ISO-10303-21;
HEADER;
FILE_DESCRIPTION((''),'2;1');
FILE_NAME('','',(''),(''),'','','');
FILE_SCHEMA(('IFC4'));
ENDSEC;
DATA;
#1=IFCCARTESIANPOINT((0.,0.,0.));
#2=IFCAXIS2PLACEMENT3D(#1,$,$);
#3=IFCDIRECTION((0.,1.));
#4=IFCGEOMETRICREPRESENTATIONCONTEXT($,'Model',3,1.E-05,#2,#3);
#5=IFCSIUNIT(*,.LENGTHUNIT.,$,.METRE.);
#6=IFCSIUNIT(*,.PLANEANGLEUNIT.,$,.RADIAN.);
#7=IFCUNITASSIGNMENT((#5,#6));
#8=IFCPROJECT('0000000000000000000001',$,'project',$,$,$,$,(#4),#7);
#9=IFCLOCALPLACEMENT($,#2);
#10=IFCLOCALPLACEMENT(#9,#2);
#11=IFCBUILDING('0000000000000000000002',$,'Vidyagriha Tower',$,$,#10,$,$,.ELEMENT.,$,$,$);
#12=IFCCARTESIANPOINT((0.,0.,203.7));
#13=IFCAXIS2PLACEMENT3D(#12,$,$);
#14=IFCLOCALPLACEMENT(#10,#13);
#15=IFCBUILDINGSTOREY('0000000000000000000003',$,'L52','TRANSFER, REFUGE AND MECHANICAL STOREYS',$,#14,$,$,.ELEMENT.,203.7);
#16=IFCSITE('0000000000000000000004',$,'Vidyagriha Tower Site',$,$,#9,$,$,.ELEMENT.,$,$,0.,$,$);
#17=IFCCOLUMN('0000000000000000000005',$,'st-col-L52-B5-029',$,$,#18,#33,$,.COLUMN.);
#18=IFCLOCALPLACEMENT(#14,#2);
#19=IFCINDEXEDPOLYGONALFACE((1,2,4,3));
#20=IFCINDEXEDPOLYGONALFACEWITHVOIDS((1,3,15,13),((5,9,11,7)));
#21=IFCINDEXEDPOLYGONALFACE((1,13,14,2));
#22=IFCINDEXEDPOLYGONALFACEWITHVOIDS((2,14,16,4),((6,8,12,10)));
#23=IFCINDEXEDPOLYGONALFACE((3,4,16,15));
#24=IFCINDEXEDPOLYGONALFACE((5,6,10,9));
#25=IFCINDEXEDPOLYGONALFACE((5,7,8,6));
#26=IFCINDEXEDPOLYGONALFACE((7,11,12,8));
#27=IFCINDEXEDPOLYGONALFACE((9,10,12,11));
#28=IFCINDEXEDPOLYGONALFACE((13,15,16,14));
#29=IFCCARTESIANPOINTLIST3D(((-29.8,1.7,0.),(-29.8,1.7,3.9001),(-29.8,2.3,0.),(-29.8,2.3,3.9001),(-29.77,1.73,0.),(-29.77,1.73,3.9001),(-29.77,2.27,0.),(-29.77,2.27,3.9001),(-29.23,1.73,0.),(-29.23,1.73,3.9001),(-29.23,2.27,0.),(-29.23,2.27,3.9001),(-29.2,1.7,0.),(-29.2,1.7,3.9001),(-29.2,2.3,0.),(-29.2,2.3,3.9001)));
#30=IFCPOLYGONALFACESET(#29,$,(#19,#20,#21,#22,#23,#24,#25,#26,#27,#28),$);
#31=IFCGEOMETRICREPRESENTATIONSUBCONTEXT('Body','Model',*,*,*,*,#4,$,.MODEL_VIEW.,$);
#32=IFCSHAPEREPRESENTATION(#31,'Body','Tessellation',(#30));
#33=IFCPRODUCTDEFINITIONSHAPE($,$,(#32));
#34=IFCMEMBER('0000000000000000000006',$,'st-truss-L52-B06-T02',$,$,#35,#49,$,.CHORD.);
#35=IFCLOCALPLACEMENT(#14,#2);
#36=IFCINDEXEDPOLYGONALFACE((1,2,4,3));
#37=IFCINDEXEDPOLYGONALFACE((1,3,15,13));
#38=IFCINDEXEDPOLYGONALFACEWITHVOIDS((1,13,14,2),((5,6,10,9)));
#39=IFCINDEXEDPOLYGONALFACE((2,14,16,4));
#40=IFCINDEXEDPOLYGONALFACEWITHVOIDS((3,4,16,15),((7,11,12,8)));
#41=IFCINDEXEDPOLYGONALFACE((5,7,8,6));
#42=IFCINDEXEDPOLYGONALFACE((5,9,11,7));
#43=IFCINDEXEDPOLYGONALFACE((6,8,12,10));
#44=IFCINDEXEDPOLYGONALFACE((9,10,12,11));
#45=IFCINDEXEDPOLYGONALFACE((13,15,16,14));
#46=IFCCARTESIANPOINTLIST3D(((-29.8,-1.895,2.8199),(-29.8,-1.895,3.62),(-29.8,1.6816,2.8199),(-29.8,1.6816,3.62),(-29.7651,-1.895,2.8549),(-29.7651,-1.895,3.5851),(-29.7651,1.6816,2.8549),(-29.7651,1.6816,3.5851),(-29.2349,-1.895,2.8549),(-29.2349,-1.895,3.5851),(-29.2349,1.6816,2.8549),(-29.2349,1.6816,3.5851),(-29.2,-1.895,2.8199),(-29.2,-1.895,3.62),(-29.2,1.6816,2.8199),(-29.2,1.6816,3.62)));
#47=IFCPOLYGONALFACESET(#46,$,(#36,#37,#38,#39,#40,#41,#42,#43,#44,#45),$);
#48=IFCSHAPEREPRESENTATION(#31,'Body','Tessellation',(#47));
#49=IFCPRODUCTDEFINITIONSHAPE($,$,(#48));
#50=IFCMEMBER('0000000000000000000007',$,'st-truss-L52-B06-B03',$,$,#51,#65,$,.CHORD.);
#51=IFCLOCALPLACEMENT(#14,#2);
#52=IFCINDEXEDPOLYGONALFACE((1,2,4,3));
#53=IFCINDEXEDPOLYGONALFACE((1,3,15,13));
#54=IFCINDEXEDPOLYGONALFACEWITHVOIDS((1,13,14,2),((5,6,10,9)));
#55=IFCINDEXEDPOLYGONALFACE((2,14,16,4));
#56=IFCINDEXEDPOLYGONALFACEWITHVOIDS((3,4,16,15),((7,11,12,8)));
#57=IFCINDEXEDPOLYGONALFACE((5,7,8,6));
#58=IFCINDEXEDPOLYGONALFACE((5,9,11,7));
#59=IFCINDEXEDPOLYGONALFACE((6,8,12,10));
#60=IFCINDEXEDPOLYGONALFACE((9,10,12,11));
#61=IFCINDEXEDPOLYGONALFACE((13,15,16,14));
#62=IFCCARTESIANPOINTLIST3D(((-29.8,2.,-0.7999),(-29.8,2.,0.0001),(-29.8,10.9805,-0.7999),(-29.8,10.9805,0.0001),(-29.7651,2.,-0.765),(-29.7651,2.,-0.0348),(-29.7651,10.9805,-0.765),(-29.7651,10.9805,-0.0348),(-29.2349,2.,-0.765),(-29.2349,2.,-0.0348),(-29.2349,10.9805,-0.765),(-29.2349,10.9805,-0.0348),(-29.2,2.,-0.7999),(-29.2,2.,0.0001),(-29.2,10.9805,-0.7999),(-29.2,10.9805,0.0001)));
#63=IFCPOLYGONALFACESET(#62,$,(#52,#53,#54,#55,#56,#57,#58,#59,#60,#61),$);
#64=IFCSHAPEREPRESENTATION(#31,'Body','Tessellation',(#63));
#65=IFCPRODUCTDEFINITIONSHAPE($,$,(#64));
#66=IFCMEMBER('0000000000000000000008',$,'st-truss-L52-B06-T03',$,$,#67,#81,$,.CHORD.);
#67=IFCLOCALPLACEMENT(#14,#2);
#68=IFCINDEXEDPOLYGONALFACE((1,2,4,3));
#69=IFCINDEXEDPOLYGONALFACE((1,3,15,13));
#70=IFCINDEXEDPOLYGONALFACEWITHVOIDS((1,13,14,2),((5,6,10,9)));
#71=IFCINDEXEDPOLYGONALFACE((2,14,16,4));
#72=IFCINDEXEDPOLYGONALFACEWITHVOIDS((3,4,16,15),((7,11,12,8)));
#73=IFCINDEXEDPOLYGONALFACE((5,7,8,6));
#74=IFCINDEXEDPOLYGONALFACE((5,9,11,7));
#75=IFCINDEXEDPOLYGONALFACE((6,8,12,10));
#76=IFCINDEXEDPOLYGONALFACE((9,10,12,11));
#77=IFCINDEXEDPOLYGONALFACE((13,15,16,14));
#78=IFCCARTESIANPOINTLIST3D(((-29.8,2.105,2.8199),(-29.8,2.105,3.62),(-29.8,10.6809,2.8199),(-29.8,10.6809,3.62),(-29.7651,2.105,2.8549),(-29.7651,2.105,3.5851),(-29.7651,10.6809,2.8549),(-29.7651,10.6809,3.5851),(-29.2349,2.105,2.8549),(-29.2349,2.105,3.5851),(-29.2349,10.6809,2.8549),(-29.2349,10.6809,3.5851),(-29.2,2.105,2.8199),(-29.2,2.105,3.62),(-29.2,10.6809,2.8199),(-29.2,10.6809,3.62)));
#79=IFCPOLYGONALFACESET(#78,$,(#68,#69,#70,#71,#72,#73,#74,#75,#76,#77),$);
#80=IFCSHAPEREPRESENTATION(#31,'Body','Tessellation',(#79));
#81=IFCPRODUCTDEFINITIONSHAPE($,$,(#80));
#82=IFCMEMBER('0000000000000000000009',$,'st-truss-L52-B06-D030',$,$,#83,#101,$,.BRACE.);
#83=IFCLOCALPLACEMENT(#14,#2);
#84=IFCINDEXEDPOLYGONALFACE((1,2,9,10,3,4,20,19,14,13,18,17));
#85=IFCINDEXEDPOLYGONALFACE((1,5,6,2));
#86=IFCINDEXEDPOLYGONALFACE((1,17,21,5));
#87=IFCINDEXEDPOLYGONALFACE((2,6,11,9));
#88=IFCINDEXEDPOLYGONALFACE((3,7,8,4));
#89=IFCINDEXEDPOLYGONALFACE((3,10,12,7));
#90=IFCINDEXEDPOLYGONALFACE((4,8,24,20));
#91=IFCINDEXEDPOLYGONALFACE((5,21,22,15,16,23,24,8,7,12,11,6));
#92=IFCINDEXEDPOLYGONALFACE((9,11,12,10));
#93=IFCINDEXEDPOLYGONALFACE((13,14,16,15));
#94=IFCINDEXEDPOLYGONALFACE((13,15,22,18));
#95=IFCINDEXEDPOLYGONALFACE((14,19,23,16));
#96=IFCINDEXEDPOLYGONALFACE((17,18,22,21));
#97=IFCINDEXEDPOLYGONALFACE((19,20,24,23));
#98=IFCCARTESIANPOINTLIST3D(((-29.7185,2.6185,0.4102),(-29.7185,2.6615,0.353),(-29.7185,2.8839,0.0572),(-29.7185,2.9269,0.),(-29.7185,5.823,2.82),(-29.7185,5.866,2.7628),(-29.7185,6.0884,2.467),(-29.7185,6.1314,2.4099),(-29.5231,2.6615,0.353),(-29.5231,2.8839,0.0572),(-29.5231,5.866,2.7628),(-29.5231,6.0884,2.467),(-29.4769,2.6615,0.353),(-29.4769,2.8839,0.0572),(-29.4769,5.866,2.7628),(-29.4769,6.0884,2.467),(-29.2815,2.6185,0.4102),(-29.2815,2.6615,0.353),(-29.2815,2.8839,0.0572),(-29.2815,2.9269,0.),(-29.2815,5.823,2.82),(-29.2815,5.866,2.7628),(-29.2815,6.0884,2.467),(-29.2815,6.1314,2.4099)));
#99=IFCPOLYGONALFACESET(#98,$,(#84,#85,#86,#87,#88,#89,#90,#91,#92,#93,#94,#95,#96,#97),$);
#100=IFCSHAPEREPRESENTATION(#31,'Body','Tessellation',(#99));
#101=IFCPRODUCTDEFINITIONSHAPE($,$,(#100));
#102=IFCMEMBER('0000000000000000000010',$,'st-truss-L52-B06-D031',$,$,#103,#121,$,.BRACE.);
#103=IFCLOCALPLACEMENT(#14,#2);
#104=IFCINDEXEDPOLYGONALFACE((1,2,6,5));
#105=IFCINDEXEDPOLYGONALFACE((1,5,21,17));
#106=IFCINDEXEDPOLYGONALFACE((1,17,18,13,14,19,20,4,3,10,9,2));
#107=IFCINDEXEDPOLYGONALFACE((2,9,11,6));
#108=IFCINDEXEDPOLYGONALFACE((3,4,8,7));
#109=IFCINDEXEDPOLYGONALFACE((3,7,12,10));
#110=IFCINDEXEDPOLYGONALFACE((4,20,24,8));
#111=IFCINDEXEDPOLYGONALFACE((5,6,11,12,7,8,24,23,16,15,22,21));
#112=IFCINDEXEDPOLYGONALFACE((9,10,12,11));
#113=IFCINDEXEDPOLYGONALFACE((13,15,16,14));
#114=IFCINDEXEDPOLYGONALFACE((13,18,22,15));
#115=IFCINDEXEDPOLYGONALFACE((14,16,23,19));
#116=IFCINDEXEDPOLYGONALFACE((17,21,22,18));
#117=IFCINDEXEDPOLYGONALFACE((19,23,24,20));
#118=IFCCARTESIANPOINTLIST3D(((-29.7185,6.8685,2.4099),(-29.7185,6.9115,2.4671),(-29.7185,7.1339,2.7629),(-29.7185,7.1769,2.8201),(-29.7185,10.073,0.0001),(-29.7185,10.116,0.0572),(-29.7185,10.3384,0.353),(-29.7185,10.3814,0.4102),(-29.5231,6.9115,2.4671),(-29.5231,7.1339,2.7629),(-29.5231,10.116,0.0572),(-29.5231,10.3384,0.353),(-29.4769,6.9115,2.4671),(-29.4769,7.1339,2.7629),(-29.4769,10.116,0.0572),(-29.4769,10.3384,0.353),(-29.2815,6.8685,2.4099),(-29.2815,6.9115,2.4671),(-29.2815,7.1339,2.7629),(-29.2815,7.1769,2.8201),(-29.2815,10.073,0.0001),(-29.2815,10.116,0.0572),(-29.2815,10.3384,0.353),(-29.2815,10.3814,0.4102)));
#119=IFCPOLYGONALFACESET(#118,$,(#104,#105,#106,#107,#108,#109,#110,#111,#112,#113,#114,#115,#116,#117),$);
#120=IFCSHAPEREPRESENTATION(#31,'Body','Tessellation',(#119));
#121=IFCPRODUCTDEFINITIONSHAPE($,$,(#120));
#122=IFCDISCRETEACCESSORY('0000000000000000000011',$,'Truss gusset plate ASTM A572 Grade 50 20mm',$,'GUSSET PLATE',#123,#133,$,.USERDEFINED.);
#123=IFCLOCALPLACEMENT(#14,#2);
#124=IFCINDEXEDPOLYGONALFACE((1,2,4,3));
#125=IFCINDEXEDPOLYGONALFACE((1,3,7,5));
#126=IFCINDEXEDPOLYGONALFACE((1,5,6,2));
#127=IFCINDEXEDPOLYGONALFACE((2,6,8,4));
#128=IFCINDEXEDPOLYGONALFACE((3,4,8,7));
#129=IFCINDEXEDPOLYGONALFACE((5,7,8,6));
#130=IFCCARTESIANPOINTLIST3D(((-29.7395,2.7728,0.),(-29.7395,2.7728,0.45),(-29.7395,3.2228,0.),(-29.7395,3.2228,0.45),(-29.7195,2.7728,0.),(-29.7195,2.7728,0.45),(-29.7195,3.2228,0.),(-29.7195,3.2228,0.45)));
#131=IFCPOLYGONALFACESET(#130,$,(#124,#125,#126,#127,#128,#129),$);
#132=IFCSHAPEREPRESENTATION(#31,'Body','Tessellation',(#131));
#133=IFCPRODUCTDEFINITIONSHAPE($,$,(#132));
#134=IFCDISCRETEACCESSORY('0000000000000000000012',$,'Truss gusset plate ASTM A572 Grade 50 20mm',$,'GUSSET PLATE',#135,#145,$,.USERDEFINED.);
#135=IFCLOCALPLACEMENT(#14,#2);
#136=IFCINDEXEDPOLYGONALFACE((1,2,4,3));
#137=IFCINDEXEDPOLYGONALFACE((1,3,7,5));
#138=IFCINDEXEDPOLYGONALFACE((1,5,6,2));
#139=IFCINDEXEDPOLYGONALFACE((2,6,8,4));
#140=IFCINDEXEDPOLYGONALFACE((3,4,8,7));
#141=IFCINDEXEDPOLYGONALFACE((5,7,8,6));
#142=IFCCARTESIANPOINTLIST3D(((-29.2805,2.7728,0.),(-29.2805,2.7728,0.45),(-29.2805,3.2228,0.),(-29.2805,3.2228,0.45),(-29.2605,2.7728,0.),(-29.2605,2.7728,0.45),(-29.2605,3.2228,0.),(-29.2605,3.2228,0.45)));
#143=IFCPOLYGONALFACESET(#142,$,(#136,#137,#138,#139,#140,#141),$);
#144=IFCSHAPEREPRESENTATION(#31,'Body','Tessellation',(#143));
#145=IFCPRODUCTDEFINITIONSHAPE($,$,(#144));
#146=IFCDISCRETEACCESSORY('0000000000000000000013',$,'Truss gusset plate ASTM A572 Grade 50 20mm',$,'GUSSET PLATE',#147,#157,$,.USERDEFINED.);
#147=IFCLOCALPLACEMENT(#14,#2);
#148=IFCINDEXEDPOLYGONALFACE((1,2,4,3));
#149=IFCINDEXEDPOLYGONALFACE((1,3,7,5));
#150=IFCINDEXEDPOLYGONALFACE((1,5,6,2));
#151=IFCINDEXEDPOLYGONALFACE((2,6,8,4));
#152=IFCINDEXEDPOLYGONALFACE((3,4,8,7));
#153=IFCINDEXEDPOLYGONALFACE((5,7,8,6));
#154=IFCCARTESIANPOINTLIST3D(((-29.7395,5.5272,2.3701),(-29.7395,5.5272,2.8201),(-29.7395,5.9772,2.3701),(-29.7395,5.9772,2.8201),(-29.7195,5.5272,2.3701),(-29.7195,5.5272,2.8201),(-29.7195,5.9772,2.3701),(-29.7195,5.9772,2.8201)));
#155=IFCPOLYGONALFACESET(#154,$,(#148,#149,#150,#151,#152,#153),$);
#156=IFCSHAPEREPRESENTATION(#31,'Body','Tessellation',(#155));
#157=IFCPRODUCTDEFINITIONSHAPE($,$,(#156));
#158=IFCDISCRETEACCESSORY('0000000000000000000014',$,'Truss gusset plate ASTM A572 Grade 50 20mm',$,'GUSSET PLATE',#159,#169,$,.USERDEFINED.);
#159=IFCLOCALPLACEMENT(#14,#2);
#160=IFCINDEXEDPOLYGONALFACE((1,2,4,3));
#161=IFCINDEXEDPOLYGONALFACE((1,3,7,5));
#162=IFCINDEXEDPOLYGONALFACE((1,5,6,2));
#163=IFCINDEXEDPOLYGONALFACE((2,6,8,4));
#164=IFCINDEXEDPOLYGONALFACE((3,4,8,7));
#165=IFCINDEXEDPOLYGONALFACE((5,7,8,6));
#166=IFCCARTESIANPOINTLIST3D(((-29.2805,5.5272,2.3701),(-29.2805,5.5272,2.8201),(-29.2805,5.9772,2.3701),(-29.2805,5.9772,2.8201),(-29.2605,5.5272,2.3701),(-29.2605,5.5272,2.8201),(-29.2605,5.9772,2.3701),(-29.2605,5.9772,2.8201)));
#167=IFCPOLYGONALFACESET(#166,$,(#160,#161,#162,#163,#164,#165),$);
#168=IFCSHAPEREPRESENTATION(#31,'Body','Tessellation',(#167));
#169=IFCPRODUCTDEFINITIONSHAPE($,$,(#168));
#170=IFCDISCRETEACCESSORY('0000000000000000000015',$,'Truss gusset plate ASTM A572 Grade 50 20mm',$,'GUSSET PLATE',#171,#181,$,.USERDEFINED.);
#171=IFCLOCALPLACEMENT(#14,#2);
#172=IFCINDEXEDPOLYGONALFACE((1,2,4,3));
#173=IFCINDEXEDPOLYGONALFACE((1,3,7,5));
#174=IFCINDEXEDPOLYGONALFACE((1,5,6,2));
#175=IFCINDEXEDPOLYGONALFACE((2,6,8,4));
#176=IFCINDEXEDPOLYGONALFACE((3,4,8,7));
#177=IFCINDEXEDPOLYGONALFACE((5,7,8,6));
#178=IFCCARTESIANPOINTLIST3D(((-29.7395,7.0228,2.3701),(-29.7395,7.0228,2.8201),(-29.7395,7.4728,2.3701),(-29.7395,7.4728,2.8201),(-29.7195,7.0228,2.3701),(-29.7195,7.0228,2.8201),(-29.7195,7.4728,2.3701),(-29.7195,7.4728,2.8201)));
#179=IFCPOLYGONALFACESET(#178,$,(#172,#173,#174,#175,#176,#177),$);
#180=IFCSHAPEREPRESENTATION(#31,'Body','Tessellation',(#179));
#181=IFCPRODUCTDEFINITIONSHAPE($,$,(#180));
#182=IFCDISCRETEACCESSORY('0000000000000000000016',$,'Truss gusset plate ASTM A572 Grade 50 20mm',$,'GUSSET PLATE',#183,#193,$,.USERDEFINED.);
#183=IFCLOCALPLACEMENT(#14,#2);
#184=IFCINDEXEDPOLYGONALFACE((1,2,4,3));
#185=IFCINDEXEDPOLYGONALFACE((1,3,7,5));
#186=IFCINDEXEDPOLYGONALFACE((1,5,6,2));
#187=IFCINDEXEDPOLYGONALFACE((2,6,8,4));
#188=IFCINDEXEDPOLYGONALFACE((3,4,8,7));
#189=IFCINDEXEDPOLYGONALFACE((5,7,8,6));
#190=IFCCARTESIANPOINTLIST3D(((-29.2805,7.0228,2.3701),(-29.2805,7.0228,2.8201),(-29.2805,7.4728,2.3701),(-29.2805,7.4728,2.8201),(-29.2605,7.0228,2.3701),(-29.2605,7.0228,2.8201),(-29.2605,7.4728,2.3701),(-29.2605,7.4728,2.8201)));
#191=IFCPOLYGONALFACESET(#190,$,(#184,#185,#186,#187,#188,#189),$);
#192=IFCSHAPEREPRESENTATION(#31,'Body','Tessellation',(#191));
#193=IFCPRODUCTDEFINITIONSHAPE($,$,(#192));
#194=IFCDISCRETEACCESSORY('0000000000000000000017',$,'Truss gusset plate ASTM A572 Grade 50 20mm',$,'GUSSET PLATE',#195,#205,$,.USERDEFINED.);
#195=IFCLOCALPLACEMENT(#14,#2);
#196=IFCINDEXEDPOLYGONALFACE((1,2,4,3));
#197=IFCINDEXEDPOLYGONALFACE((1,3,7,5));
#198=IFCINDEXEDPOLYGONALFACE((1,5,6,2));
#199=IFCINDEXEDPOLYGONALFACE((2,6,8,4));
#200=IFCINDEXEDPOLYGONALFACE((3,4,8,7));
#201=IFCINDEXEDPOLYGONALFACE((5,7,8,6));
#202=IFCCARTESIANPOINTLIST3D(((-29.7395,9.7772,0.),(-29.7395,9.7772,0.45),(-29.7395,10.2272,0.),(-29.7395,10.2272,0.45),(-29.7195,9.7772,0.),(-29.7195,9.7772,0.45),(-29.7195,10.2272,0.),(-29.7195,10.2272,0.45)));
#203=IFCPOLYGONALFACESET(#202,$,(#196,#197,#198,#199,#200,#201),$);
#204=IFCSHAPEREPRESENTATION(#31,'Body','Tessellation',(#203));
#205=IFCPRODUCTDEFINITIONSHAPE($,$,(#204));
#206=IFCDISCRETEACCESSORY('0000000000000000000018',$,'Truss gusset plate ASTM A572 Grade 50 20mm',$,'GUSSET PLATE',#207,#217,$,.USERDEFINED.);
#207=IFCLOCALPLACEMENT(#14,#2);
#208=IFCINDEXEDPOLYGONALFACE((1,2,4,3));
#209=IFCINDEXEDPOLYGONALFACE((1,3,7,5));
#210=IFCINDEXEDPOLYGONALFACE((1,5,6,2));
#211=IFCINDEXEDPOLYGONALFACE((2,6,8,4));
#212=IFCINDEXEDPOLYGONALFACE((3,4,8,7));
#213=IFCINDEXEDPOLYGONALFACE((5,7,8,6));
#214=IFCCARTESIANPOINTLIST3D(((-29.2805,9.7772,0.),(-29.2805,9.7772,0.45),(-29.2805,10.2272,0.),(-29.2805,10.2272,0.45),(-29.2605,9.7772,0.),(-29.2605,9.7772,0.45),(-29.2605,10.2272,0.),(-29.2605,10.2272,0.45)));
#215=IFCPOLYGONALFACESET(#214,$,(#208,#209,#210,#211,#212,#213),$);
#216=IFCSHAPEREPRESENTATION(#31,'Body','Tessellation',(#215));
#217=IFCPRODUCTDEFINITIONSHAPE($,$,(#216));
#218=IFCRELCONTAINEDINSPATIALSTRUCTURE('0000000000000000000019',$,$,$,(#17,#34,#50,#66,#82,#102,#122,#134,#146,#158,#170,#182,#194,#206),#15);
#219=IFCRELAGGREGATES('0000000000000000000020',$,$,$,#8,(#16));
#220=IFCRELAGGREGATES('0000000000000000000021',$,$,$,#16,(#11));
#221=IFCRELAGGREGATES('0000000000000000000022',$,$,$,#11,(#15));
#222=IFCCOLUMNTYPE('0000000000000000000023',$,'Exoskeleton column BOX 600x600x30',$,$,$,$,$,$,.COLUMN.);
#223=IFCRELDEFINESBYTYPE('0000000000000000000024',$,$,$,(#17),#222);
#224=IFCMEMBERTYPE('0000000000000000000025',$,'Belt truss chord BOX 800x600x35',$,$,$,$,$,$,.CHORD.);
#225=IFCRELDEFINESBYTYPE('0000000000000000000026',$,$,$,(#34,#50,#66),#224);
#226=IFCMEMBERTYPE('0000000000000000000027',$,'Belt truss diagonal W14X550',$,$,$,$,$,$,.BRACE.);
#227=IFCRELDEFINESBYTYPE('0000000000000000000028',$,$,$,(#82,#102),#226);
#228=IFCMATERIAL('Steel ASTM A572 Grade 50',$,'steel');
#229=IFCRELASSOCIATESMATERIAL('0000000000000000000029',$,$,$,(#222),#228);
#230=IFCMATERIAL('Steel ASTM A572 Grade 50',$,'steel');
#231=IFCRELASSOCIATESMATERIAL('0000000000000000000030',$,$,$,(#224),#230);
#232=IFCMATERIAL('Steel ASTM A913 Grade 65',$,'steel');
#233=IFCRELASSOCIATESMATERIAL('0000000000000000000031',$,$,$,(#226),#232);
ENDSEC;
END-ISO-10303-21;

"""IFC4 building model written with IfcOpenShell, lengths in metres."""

from ifc_helpers import new_model, si_unit, direction, frame, origin, origin_2d, place, context, subcontext, project, spatial, rectangle, hollow_rectangle, i_section, extrude, material, material_profile, profile_set, type_object, element, save


model = new_model("IFC4")

# Units and contexts
model_context = context("Model", 3, precision=1e-05, world=origin(), true_north=direction((0.0, 1.0)))
body_context = subcontext(model_context, "Body", "Model", "MODEL_VIEW")
ifc_project = project(units=[si_unit("LENGTHUNIT", "METRE"), si_unit("PLANEANGLEUNIT", "RADIAN")], contexts=[model_context])

# Site, building, storey
site_placement = place(None, origin())
site = spatial("IfcSite", under=ifc_project, at=site_placement, Name="Vidyagriha Tower Site", CompositionType="ELEMENT", RefElevation=0.0)
building_placement = place(site_placement, origin())
building = spatial("IfcBuilding", under=site, at=building_placement, Name="Vidyagriha Tower", CompositionType="ELEMENT")
storey_placement = place(building_placement, frame((0.0, 0.0, 203.7)))
storey = spatial("IfcBuildingStorey", under=building, at=storey_placement, Name="L52", Description="TRANSFER, REFUGE AND MECHANICAL STOREYS", CompositionType="ELEMENT", Elevation=203.7)

# Column
ifc_material_1 = material(Name="Steel ASTM A572 Grade 50", Category="steel")
ifc_material_profile_1 = material_profile(ifc_material_1, hollow_rectangle(XDim=0.6001, YDim=0.6001, WallThickness=0.03, at=origin_2d()), Name="BOX 600x600x30")
ifc_profile_set_1 = profile_set([ifc_material_profile_1], Name="Steel ASTM A572 Grade 50")
column_type = type_object("IfcColumnType", Name="Exoskeleton column BOX 600x600x30", PredefinedType="COLUMN", material=ifc_profile_set_1)
column_placement = place(storey_placement, frame((-29.5, 2.0, 0.0)))
element("IfcColumn", 1, at=column_placement, inside=storey, type_object=column_type, Name="st-col-L52-B5-029", PredefinedType="COLUMN", context=body_context, shape_type="SweptSolid", body=[
    extrude(hollow_rectangle(XDim=0.6001, YDim=0.6001, WallThickness=0.03, at=origin_2d()), origin(), (0.0, 0.0, 1.0), 3.9001),
])

# Members
ifc_material_2 = material(Name="Steel ASTM A572 Grade 50", Category="steel")
ifc_material_profile_2 = material_profile(ifc_material_2, hollow_rectangle(XDim=0.6001, YDim=0.8, WallThickness=0.0349, at=origin_2d()), Name="BOX 800x600x35")
ifc_profile_set_2 = profile_set([ifc_material_profile_2], Name="Steel ASTM A572 Grade 50")
member_type_1 = type_object("IfcMemberType", Name="Belt truss chord BOX 800x600x35", PredefinedType="CHORD", material=ifc_profile_set_2)
member_1_placement = place(storey_placement, frame((-29.5, -1.895, 3.22), z_axis=(0.0, 1.0, 0.0), x_axis=(-1.0, 0.0, 0.0)))
element("IfcMember", 2, at=member_1_placement, inside=storey, type_object=member_type_1, Name="st-truss-L52-B06-T02", PredefinedType="CHORD", context=body_context, shape_type="SweptSolid", body=[
    extrude(hollow_rectangle(XDim=0.6001, YDim=0.8, WallThickness=0.0349, at=origin_2d()), origin(), (0.0, 0.0, 1.0), 3.5767),
])
member_2_placement = place(storey_placement, frame((-29.5, 2.0, -0.3999), z_axis=(0.0, 1.0, 0.0), x_axis=(-1.0, 0.0, 0.0)))
element("IfcMember", 3, at=member_2_placement, inside=storey, type_object=member_type_1, Name="st-truss-L52-B06-B03", PredefinedType="CHORD", context=body_context, shape_type="SweptSolid", body=[
    extrude(hollow_rectangle(XDim=0.6001, YDim=0.8, WallThickness=0.0349, at=origin_2d()), origin(), (0.0, 0.0, 1.0), 8.9805),
])
member_3_placement = place(storey_placement, frame((-29.5, 2.105, 3.22), z_axis=(0.0, 1.0, 0.0), x_axis=(-1.0, 0.0, 0.0)))
element("IfcMember", 4, at=member_3_placement, inside=storey, type_object=member_type_1, Name="st-truss-L52-B06-T03", PredefinedType="CHORD", context=body_context, shape_type="SweptSolid", body=[
    extrude(hollow_rectangle(XDim=0.6001, YDim=0.8, WallThickness=0.0349, at=origin_2d()), origin(), (0.0, 0.0, 1.0), 8.5759),
])
ifc_material_3 = material(Name="Steel ASTM A913 Grade 65", Category="steel")
ifc_material_profile_3 = material_profile(ifc_material_3, i_section(OverallWidth=0.437, OverallDepth=0.5132, WebThickness=0.0461, FlangeThickness=0.0715, at=origin_2d()), Name="W14X550")
ifc_profile_set_3 = profile_set([ifc_material_profile_3], Name="Steel ASTM A913 Grade 65")
member_type_2 = type_object("IfcMemberType", Name="Belt truss diagonal W14X550", PredefinedType="BRACE", material=ifc_profile_set_3)
for number, where, z_axis, x_axis, name in (
    (5, (-29.5, 2.7727, 0.2051), (0.0, 0.799225, 0.601032), (-1.0, 0.0, 0.0), "st-truss-L52-B06-D030"),
    (6, (-29.5, 7.0227, 2.615), (0.0, 0.799225, -0.601032), (-1.0, 0.0, 0.0), "st-truss-L52-B06-D031"),
):
    element("IfcMember", number, at=place(storey_placement, frame(where, z_axis=z_axis, x_axis=x_axis)), inside=storey, type_object=member_type_2, Name=name, PredefinedType="BRACE", context=body_context, shape_type="SweptSolid", body=[
        extrude(i_section(OverallWidth=0.437, OverallDepth=0.5132, WebThickness=0.0461, FlangeThickness=0.0715, at=origin_2d()), origin(), (0.0, 0.0, 1.0), 4.0095),
    ])

# Discrete accessories
for number, where, z_axis, x_axis, name in (
    (7, (-29.7295, 2.9978, 0.0), (0.0, 0.0, 1.0), (0.0, 1.0, 0.0), "Truss gusset plate ASTM A572 Grade 50 20mm"),
    (8, (-29.2705, 2.9978, 0.0), (0.0, 0.0, 1.0), (0.0, 1.0, 0.0), "Truss gusset plate ASTM A572 Grade 50 20mm"),
    (9, (-29.7295, 5.7522, 2.3701), (0.0, 0.0, 1.0), (0.0, 1.0, 0.0), "Truss gusset plate ASTM A572 Grade 50 20mm"),
    (10, (-29.2705, 5.7522, 2.3701), (0.0, 0.0, 1.0), (0.0, 1.0, 0.0), "Truss gusset plate ASTM A572 Grade 50 20mm"),
    (11, (-29.7295, 7.2478, 2.3701), (0.0, 0.0, 1.0), (0.0, 1.0, 0.0), "Truss gusset plate ASTM A572 Grade 50 20mm"),
    (12, (-29.2705, 7.2478, 2.3701), (0.0, 0.0, 1.0), (0.0, 1.0, 0.0), "Truss gusset plate ASTM A572 Grade 50 20mm"),
    (13, (-29.7295, 10.0022, 0.0), (0.0, 0.0, 1.0), (0.0, 1.0, 0.0), "Truss gusset plate ASTM A572 Grade 50 20mm"),
    (14, (-29.2705, 10.0022, 0.0), (0.0, 0.0, 1.0), (0.0, 1.0, 0.0), "Truss gusset plate ASTM A572 Grade 50 20mm"),
):
    element("IfcDiscreteAccessory", number, at=place(storey_placement, frame(where, z_axis=z_axis, x_axis=x_axis)), inside=storey, Name=name, ObjectType="GUSSET PLATE", PredefinedType="USERDEFINED", context=body_context, shape_type="SweptSolid", body=[
        extrude(rectangle(XDim=0.45, YDim=0.02, at=origin_2d()), origin(), (0.0, 0.0, 1.0), 0.45),
    ])

save(model, "model.ifc")
